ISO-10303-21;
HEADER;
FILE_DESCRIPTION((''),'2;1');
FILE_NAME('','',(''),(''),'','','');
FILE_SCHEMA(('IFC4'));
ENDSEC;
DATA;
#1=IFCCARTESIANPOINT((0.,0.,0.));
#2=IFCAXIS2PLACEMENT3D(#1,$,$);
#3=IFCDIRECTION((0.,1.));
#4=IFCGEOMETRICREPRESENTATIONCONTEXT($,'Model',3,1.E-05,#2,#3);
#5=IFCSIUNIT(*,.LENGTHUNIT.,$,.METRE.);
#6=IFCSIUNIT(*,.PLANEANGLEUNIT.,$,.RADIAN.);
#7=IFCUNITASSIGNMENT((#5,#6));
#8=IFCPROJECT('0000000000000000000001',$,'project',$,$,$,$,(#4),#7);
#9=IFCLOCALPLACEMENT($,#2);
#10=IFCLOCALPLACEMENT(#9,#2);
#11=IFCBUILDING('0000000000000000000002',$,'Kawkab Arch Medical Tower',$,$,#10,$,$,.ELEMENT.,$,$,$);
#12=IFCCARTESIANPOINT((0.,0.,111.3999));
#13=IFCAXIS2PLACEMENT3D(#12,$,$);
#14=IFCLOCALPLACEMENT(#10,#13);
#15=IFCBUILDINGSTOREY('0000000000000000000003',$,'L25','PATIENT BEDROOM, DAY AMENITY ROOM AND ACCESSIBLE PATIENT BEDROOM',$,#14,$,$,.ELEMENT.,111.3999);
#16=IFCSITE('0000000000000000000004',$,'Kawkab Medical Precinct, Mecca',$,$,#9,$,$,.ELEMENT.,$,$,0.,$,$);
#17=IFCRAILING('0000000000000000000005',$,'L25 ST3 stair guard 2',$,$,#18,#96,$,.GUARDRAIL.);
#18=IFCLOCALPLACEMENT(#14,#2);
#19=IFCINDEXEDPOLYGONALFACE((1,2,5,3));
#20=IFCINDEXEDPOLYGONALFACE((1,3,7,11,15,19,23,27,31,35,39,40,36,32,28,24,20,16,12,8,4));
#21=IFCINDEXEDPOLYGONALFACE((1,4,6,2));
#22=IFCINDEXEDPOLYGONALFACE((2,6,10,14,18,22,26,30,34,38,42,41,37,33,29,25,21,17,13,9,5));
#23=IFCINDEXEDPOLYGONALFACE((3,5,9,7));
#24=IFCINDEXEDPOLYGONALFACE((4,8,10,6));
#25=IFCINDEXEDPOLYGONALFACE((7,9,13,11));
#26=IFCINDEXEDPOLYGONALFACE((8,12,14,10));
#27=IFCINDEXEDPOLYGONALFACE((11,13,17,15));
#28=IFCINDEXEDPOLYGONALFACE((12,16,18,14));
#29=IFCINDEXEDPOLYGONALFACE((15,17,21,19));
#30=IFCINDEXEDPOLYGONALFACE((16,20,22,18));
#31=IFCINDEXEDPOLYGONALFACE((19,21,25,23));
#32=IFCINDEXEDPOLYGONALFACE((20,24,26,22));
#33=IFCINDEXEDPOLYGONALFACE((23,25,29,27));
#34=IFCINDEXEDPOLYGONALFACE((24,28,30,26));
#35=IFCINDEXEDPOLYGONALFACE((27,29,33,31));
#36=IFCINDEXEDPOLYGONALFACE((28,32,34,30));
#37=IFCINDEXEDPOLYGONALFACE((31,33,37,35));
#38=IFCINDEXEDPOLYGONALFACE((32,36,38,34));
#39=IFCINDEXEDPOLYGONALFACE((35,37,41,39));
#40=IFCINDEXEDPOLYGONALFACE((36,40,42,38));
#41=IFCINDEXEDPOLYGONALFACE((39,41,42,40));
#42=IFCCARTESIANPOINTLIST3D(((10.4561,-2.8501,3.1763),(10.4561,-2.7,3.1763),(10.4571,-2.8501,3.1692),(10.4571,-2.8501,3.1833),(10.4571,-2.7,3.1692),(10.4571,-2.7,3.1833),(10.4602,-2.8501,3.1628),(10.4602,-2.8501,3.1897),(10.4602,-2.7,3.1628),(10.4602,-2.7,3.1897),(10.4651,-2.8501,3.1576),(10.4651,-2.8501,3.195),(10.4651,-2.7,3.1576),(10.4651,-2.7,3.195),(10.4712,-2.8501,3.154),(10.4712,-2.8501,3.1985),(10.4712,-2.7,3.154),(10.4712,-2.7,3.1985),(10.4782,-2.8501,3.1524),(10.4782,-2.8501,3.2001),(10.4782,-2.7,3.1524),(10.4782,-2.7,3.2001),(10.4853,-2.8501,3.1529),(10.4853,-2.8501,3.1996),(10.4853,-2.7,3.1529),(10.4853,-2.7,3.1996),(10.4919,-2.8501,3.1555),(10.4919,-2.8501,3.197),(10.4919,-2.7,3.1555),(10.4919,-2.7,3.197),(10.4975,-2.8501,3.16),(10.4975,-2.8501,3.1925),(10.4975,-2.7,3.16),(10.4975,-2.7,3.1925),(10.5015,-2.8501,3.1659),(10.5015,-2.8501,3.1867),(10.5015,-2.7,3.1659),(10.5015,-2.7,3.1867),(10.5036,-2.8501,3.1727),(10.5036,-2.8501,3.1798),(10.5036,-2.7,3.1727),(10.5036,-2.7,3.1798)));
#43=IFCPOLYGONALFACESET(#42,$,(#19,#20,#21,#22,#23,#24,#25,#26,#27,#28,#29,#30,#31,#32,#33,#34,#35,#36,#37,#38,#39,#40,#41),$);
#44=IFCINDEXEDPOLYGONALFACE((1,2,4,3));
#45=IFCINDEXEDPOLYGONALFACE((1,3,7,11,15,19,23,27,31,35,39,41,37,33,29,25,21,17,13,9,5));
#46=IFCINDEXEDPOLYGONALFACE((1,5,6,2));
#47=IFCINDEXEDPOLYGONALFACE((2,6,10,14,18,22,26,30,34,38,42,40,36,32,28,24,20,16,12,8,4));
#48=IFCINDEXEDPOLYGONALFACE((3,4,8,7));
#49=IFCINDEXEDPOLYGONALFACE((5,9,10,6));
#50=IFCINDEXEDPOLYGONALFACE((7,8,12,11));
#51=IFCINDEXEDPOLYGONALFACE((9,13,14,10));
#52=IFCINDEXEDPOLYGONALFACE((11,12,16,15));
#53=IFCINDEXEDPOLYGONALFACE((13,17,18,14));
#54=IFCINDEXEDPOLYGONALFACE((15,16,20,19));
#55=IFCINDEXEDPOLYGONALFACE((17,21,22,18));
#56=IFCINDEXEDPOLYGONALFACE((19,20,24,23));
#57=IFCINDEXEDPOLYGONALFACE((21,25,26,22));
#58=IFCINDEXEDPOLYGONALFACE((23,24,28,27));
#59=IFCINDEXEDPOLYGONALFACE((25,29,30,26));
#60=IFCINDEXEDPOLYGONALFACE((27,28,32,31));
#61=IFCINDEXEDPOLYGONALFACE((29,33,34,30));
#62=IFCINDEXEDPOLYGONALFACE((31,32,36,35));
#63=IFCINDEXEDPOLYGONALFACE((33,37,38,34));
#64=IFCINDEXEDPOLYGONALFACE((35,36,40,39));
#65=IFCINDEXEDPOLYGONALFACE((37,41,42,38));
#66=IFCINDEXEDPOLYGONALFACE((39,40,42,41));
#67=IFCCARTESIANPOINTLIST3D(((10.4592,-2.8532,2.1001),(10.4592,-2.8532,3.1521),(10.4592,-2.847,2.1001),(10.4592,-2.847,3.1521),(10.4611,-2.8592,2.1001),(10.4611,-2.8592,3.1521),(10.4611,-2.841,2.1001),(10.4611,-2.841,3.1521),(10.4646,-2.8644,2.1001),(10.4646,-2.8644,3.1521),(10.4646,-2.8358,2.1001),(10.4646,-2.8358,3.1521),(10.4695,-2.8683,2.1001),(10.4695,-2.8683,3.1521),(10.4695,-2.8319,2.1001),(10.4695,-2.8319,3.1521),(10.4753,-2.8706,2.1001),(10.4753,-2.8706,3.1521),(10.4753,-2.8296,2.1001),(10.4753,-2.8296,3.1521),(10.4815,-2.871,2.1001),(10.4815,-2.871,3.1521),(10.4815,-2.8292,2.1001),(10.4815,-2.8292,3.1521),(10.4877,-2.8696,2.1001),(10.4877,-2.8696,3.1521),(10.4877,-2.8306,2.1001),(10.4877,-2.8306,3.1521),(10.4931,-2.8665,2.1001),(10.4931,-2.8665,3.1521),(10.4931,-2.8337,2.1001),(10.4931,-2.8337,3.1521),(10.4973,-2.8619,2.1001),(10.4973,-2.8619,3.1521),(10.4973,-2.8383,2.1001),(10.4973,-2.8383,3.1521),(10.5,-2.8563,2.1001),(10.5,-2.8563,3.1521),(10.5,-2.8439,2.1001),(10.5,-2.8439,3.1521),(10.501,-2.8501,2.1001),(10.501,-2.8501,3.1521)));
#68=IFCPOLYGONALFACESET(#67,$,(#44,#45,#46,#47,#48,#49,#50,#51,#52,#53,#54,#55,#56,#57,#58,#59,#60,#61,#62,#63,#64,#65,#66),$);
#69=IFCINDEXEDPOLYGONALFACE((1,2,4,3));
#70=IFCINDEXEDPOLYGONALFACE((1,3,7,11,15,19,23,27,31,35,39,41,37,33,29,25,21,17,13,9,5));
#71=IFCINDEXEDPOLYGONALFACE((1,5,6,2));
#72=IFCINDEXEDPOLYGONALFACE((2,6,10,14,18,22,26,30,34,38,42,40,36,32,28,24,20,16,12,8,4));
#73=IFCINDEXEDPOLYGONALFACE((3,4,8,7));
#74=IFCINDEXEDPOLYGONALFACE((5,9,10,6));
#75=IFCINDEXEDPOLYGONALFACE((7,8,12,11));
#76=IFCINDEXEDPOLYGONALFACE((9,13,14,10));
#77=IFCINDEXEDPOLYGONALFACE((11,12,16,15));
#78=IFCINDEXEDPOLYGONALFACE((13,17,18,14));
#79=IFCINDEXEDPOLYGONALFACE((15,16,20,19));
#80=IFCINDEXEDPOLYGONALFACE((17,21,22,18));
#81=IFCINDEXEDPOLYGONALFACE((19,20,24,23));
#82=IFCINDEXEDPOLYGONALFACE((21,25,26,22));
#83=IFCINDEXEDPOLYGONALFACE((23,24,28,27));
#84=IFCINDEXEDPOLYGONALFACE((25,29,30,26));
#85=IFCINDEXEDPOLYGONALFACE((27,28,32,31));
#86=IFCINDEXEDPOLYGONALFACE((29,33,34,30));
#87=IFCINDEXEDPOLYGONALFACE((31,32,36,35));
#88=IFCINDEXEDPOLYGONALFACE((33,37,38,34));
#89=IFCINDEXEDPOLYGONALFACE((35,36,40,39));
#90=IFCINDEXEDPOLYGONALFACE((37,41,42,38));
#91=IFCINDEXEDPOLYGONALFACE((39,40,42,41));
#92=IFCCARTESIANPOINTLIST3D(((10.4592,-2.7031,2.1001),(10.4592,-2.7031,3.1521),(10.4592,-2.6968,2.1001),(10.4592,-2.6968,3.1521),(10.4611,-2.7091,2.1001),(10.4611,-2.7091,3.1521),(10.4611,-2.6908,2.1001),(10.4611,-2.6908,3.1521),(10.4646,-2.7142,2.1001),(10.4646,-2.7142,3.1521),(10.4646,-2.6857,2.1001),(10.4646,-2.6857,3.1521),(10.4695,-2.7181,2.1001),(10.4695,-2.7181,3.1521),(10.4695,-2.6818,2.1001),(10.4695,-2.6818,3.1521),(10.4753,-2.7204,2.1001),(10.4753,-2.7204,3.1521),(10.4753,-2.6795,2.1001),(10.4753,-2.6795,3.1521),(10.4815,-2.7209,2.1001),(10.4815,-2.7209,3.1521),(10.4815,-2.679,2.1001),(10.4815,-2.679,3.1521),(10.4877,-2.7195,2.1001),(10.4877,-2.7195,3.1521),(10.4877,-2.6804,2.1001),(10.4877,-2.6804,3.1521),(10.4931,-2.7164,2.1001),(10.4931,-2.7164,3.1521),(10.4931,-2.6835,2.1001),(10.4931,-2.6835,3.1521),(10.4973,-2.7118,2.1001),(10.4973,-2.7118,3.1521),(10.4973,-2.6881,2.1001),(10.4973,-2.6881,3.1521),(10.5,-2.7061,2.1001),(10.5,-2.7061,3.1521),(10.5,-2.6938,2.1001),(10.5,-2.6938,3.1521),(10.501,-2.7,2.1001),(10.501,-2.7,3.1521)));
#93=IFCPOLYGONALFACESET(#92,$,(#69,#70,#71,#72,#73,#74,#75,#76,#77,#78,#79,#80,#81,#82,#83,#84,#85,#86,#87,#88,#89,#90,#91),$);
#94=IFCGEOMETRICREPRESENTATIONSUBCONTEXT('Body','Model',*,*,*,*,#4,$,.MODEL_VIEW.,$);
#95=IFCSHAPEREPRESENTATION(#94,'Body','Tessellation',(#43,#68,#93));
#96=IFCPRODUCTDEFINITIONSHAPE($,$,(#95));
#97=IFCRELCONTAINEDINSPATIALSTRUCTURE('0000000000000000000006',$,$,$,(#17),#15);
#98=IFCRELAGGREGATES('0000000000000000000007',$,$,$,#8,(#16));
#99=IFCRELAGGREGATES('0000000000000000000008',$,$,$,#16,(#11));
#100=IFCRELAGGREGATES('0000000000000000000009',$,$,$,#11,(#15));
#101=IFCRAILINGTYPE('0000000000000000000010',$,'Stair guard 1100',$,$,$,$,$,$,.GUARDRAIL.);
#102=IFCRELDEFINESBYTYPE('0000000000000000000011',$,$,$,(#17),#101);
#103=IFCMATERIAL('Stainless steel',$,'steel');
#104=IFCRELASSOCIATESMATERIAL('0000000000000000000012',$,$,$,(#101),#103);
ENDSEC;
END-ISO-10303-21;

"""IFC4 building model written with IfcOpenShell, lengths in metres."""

from ifc_helpers import new_model, si_unit, direction, frame, origin, origin_2d, place, context, subcontext, project, spatial, circle, extrude, material, type_object, element, save


model = new_model("IFC4")

# Units and contexts
model_context = context("Model", 3, precision=1e-05, world=origin(), true_north=direction((0.0, 1.0)))
body_context = subcontext(model_context, "Body", "Model", "MODEL_VIEW")
ifc_project = project(units=[si_unit("LENGTHUNIT", "METRE"), si_unit("PLANEANGLEUNIT", "RADIAN")], contexts=[model_context])

# Site, building, storey
site_placement = place(None, origin())
site = spatial("IfcSite", under=ifc_project, at=site_placement, Name="Kawkab Medical Precinct, Mecca", CompositionType="ELEMENT", RefElevation=0.0)
building_placement = place(site_placement, origin())
building = spatial("IfcBuilding", under=site, at=building_placement, Name="Kawkab Arch Medical Tower", CompositionType="ELEMENT")
storey_placement = place(building_placement, frame((0.0, 0.0, 111.3999)))
storey = spatial("IfcBuildingStorey", under=building, at=storey_placement, Name="L25", Description="PATIENT BEDROOM, DAY AMENITY ROOM AND ACCESSIBLE PATIENT BEDROOM", CompositionType="ELEMENT", Elevation=111.3999)

# Railing
ifc_material_1 = material(Name="Stainless steel", Category="steel")
railing_type = type_object("IfcRailingType", Name="Stair guard 1100", PredefinedType="GUARDRAIL", material=ifc_material_1)
railing_1_placement = place(storey_placement, frame((10.48, -2.8501, 2.1001)))
element("IfcRailing", 1, at=railing_1_placement, inside=storey, type_object=railing_type, Name="L25 ST3 stair guard 2", PredefinedType="GUARDRAIL", context=body_context, shape_type="SweptSolid", body=[
    extrude(circle(Radius=0.0239, at=origin_2d()), frame((0.0, 0.0, 1.0762), z_axis=(0.0, 1.0, 0.0), x_axis=(-1.0, 0.0, 0.0)), (0.0, 0.0, 1.0), 0.1501),
    extrude(circle(Radius=0.021, at=origin_2d()), origin(), (0.0, 0.0, 1.0), 1.052),
    extrude(circle(Radius=0.021, at=origin_2d()), frame((0.0, 0.1501, 0.0)), (0.0, 0.0, 1.0), 1.052),
])

save(model, "model.ifc")
